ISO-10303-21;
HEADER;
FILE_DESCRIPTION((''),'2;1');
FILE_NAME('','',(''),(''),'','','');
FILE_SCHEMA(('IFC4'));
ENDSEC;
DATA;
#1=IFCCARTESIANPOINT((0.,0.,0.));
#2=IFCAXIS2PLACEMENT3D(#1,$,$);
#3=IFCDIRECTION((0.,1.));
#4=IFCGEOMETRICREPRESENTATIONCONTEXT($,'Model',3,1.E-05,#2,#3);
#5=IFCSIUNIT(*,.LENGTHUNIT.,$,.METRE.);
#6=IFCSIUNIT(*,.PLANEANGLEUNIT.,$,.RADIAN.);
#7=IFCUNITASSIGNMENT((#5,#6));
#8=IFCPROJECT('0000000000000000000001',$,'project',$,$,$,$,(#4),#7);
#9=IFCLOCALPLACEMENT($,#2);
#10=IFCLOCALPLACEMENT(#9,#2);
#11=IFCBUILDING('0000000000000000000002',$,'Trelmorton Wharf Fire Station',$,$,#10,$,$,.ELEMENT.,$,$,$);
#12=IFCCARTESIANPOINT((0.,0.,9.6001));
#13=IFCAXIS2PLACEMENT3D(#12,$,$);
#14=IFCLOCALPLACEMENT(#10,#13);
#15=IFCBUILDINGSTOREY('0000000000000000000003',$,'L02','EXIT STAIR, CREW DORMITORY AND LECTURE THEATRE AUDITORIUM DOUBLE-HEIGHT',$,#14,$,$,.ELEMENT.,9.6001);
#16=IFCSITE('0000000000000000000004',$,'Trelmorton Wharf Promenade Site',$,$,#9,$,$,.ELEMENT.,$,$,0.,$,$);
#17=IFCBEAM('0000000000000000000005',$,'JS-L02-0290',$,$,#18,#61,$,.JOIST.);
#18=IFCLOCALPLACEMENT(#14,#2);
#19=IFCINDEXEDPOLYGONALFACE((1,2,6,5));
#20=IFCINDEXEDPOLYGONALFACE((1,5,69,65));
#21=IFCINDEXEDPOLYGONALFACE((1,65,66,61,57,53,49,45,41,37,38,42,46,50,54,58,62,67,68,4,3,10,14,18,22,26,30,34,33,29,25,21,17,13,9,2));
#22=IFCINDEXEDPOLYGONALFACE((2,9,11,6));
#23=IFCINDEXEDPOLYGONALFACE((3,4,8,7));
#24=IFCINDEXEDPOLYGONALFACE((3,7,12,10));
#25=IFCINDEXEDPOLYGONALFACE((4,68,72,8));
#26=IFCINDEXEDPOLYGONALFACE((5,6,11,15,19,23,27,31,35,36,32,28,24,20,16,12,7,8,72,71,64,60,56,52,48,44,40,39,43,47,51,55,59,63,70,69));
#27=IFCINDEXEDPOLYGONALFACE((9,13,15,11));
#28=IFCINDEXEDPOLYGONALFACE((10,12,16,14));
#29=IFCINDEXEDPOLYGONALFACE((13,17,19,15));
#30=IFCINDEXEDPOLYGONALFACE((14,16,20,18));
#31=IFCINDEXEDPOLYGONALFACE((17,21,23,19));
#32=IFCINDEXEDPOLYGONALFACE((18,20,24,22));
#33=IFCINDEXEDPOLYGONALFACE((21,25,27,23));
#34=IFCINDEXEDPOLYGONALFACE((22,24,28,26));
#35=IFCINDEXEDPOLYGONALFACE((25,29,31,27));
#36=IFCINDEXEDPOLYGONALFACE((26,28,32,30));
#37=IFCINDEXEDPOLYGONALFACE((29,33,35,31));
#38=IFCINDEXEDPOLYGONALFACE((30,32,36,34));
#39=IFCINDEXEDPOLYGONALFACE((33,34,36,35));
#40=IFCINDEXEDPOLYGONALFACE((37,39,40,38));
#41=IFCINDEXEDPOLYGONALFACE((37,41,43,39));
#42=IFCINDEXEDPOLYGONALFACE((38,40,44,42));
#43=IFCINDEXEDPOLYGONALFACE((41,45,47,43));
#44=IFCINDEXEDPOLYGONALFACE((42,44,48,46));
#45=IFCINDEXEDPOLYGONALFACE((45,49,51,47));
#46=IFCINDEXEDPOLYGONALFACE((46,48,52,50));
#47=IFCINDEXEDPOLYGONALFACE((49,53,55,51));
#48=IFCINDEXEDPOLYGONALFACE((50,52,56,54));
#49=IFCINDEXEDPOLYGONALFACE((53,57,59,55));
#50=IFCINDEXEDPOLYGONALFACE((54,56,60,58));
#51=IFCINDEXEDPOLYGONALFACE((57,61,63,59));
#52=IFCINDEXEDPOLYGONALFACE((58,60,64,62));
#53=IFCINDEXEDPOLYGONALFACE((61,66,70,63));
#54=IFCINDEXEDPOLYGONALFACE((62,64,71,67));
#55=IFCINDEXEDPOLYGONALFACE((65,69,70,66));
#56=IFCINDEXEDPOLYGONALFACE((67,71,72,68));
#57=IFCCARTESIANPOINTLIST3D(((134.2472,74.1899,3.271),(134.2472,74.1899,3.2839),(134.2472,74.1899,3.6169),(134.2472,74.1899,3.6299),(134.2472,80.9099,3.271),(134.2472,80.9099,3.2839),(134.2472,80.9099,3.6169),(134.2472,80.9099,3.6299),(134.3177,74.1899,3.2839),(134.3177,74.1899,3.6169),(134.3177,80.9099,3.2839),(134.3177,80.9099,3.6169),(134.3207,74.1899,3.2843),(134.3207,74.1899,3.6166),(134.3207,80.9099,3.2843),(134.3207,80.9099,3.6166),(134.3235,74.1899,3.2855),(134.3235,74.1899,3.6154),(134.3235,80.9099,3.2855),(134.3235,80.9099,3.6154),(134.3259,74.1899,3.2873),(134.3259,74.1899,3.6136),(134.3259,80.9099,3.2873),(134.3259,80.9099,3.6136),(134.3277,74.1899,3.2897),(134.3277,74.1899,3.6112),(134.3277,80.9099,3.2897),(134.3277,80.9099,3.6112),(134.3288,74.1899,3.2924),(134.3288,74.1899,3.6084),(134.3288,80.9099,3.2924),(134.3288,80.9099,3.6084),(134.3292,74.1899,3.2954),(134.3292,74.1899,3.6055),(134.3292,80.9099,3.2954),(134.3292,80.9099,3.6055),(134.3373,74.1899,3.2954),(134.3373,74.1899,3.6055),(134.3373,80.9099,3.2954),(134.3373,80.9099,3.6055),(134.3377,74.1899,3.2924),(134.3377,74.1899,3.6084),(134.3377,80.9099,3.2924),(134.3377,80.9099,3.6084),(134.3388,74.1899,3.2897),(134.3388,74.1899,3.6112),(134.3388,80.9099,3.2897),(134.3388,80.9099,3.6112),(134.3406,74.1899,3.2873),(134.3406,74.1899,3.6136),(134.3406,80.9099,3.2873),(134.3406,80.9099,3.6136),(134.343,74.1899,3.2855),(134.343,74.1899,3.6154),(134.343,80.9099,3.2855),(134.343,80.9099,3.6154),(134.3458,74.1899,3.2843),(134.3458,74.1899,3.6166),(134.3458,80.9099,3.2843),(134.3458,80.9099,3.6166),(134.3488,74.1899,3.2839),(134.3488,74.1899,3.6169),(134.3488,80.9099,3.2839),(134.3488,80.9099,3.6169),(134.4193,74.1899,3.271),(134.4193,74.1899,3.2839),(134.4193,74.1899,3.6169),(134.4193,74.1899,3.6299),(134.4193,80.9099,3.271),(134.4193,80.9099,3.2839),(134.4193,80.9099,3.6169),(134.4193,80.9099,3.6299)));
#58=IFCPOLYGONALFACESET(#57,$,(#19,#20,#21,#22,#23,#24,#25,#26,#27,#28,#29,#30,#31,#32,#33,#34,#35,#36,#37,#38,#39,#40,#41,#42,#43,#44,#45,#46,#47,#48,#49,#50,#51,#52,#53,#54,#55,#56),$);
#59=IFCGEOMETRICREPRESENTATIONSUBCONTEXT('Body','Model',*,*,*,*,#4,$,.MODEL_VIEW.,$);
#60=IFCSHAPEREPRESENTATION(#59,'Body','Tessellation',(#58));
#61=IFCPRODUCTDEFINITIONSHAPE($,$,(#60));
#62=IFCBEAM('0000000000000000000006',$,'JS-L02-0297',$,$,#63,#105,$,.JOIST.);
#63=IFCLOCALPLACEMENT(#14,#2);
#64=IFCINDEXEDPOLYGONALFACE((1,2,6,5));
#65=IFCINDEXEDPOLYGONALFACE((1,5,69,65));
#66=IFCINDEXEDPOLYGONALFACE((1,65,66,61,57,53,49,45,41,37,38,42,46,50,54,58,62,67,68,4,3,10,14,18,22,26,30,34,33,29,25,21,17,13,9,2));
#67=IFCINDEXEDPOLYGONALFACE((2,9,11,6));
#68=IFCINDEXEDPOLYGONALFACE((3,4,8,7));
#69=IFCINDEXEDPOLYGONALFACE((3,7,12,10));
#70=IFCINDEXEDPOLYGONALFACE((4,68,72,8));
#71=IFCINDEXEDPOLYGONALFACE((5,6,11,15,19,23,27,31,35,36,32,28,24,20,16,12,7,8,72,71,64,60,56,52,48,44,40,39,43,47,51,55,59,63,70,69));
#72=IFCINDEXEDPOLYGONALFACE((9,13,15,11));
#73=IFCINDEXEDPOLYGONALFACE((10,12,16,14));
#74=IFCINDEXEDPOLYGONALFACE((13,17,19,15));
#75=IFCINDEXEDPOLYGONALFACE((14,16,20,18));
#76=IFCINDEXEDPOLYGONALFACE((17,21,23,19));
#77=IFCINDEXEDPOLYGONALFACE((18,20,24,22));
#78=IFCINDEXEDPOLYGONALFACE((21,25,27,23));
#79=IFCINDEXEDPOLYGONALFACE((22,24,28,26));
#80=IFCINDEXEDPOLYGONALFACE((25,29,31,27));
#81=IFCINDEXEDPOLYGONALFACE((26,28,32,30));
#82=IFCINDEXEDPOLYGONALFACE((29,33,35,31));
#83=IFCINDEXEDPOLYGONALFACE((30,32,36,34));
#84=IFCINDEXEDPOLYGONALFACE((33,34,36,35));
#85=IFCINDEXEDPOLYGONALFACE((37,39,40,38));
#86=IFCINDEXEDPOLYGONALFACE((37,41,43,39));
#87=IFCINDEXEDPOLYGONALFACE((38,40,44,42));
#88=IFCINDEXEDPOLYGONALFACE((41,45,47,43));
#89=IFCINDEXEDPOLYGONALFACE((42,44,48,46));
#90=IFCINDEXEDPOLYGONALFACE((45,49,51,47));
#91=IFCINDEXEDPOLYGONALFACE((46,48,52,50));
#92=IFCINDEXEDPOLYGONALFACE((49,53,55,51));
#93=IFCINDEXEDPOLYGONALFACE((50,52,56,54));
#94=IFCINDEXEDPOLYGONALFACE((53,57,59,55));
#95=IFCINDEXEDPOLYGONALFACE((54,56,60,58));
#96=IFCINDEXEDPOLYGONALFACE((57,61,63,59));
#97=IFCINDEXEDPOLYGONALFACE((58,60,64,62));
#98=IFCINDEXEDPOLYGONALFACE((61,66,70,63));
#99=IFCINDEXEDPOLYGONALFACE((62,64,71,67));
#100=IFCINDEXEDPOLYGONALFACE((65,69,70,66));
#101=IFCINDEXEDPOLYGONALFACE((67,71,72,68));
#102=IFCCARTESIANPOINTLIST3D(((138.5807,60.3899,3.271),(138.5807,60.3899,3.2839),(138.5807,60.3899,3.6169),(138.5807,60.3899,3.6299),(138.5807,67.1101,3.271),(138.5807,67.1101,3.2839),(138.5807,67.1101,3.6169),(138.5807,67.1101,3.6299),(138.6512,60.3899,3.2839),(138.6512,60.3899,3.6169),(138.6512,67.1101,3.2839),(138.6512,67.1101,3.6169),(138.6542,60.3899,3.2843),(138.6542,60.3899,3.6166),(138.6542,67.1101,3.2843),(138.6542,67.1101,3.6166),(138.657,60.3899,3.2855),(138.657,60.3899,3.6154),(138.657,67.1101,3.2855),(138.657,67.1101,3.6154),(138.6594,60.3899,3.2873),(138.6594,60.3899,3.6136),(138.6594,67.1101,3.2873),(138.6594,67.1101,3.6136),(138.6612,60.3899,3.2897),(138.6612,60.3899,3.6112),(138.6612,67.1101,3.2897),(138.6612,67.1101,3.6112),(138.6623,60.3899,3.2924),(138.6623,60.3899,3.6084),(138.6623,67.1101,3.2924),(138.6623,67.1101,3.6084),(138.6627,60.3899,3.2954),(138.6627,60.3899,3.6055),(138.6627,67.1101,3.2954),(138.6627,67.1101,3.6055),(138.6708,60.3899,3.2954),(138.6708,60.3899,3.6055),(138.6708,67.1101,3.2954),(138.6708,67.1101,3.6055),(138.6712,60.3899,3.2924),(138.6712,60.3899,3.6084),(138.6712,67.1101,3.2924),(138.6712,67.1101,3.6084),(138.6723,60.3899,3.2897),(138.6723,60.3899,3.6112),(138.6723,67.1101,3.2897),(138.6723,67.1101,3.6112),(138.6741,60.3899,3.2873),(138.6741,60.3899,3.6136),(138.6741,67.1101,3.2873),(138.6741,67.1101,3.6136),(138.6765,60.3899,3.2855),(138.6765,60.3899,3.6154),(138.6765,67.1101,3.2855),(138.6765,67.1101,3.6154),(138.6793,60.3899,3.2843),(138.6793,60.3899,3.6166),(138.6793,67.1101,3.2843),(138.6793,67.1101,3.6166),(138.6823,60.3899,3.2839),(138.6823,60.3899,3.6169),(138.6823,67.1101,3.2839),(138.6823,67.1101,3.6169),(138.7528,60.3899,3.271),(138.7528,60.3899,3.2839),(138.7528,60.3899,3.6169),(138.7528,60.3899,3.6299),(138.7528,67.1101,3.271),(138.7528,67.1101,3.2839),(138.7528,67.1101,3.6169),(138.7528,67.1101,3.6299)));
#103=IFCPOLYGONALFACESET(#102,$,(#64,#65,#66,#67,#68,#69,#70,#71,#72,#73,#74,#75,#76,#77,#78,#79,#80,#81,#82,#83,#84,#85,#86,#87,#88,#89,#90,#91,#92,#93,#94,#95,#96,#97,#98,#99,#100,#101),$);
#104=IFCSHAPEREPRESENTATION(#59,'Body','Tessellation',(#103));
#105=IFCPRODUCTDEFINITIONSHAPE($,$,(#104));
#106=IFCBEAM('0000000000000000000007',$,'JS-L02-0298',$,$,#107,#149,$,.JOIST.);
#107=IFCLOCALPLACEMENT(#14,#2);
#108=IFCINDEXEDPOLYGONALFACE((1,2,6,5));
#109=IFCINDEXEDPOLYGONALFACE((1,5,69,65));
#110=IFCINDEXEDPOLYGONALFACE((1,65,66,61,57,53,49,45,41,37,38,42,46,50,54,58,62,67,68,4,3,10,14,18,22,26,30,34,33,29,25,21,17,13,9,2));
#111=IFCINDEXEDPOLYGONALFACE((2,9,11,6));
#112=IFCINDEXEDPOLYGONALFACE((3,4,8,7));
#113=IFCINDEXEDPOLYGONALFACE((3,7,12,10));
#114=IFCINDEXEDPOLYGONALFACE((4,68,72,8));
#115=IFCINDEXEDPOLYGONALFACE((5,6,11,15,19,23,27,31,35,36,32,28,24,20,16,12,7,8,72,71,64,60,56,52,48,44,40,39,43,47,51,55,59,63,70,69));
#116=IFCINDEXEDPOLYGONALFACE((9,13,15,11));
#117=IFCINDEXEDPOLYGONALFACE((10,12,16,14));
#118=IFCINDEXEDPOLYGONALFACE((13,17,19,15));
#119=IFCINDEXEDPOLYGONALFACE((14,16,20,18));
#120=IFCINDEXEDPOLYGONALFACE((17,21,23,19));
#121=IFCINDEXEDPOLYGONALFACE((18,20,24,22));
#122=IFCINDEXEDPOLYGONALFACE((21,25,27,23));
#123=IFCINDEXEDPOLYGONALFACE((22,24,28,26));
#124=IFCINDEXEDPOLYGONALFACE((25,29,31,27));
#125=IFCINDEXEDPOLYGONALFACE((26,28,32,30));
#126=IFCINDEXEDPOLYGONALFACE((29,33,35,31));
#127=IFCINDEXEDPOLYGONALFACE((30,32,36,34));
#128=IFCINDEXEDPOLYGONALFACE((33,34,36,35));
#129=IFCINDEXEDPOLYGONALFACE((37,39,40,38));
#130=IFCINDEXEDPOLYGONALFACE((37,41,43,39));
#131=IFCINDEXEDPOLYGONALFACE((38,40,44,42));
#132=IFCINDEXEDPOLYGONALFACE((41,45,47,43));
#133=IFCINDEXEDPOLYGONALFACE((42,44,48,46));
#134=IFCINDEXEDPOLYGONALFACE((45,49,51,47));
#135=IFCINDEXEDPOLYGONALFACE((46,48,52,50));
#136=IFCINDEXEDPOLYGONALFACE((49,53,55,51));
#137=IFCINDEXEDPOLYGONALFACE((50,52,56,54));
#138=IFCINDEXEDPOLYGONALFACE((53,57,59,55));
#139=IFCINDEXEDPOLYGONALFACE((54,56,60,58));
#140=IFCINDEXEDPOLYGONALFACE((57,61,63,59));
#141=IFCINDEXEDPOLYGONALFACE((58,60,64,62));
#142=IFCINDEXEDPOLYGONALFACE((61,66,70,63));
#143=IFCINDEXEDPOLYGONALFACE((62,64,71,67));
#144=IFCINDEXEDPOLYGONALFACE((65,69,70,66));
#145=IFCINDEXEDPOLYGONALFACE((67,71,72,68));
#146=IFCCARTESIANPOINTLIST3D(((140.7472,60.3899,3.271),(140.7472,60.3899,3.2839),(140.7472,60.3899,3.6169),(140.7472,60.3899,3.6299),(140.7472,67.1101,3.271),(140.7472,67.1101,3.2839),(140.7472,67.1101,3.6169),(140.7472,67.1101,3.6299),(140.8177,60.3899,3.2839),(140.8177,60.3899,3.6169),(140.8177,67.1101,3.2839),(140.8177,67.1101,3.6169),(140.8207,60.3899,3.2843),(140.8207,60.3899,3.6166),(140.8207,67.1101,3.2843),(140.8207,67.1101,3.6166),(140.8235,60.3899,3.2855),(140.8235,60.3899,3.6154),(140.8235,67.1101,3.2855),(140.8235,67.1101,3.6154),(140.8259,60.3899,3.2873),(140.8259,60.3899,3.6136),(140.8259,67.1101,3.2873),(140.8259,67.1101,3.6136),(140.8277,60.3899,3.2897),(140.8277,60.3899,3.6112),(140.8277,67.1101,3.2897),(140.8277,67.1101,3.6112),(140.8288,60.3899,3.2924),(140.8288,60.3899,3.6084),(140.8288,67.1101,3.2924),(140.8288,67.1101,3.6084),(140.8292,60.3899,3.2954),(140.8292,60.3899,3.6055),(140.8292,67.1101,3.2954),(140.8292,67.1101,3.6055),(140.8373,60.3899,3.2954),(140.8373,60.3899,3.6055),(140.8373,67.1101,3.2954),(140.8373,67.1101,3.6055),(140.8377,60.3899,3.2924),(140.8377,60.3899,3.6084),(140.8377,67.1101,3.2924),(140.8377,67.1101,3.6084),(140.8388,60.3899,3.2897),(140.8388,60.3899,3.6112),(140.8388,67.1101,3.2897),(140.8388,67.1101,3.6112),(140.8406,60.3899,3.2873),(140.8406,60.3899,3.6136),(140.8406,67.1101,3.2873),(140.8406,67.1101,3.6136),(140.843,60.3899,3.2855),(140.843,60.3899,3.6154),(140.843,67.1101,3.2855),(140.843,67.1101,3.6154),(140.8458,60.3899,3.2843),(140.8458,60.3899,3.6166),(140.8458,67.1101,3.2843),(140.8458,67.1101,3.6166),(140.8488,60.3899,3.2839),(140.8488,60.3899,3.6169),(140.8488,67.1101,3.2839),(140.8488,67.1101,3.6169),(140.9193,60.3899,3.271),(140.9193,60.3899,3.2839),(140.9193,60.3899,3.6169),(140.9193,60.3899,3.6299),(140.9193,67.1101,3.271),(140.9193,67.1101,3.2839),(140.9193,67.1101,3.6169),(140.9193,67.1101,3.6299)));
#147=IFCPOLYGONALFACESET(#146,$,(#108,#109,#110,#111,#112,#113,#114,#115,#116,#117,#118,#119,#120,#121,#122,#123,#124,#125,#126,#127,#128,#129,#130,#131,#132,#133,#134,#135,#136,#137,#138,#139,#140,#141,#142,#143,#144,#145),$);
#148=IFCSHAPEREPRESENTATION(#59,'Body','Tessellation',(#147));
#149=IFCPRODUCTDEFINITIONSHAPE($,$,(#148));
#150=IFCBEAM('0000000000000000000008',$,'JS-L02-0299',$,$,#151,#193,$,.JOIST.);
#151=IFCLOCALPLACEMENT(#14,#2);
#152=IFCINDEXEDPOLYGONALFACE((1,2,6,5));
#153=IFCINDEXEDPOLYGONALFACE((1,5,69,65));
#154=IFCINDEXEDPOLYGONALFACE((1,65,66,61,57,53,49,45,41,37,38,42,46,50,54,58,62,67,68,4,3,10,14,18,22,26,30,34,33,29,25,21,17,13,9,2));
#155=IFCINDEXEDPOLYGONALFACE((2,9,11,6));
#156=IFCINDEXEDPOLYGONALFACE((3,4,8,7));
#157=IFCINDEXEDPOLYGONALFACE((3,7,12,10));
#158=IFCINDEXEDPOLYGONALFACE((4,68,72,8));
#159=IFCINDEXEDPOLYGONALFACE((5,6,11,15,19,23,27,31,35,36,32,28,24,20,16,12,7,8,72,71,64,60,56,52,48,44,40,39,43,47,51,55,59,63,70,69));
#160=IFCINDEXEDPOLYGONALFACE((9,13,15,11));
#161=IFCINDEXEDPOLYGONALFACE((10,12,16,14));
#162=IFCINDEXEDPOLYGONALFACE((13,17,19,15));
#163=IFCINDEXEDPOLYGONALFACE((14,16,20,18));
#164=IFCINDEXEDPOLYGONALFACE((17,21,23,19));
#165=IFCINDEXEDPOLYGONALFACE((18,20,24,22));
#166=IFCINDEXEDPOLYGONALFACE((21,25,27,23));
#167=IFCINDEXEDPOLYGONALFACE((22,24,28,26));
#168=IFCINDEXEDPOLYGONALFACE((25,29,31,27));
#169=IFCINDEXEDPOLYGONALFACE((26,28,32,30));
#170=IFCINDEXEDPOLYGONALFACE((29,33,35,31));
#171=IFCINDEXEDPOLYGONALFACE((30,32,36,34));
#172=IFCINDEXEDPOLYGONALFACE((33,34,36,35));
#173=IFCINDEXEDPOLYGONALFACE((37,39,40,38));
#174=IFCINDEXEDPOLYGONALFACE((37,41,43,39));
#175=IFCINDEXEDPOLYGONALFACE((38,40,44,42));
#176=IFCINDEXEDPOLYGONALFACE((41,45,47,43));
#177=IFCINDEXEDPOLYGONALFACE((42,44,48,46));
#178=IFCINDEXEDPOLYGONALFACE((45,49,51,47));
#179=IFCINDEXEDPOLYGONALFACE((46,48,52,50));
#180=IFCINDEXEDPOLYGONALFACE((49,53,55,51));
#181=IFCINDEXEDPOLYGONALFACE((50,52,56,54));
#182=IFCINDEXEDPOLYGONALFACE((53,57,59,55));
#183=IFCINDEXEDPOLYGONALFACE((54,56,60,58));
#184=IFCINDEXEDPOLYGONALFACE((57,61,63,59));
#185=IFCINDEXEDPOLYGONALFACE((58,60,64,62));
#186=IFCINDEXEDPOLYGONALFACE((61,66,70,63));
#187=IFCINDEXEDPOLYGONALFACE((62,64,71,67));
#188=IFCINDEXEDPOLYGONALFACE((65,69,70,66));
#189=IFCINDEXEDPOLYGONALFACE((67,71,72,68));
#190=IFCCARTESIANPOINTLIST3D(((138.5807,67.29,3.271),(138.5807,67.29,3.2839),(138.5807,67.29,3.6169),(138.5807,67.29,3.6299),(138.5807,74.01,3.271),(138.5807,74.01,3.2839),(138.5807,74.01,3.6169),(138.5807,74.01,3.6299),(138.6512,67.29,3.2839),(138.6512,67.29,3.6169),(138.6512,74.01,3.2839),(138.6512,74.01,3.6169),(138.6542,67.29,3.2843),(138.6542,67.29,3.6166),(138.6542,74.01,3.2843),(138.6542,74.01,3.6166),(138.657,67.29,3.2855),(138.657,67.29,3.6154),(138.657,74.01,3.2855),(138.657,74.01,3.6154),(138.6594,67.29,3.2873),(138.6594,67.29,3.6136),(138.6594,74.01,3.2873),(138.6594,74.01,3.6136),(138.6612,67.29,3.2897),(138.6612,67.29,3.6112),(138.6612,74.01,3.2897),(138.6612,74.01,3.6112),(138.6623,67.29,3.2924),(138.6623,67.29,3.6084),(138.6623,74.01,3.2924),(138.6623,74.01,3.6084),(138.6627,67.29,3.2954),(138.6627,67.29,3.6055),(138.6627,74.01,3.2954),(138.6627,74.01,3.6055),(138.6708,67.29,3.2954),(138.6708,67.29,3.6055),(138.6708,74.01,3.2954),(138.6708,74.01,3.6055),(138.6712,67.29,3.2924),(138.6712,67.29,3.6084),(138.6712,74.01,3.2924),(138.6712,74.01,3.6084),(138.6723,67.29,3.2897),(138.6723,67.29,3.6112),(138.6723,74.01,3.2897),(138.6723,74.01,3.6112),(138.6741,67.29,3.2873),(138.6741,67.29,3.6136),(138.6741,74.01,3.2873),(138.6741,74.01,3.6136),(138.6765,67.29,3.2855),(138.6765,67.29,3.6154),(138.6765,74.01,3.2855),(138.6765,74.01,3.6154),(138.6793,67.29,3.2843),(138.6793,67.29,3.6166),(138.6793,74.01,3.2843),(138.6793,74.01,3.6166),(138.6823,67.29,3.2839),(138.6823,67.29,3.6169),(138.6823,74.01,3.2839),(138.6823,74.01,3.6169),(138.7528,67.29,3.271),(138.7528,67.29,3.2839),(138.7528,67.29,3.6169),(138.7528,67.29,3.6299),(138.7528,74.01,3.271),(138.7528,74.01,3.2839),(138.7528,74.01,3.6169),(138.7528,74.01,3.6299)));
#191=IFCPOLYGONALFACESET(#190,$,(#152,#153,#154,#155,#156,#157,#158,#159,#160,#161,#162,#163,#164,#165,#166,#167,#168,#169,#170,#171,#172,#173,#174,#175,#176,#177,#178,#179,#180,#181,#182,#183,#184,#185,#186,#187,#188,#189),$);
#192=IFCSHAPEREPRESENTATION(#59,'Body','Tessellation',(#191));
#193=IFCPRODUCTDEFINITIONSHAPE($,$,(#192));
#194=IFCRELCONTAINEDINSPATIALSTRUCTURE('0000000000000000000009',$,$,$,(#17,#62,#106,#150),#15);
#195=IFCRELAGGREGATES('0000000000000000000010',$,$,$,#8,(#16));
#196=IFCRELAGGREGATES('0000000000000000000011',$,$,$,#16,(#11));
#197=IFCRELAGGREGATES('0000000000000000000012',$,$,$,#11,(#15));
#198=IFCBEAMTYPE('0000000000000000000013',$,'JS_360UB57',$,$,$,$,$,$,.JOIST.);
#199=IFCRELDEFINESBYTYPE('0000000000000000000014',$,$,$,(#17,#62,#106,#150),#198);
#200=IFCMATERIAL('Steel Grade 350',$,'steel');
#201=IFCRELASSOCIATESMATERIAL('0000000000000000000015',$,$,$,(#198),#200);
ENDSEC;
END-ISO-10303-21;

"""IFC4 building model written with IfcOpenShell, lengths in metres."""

from ifc_helpers import new_model, si_unit, direction, frame, origin, origin_2d, place, context, subcontext, project, spatial, i_section, extrude, material, material_profile, profile_set, type_object, element, save


model = new_model("IFC4")

# Units and contexts
model_context = context("Model", 3, precision=1e-05, world=origin(), true_north=direction((0.0, 1.0)))
body_context = subcontext(model_context, "Body", "Model", "MODEL_VIEW")
ifc_project = project(units=[si_unit("LENGTHUNIT", "METRE"), si_unit("PLANEANGLEUNIT", "RADIAN")], contexts=[model_context])

# Site, building, storey
site_placement = place(None, origin())
site = spatial("IfcSite", under=ifc_project, at=site_placement, Name="Trelmorton Wharf Promenade Site", CompositionType="ELEMENT", RefElevation=0.0)
building_placement = place(site_placement, origin())
building = spatial("IfcBuilding", under=site, at=building_placement, Name="Trelmorton Wharf Fire Station", CompositionType="ELEMENT")
storey_placement = place(building_placement, frame((0.0, 0.0, 9.6001)))
storey = spatial("IfcBuildingStorey", under=building, at=storey_placement, Name="L02", Description="EXIT STAIR, CREW DORMITORY AND LECTURE THEATRE AUDITORIUM DOUBLE-HEIGHT", CompositionType="ELEMENT", Elevation=9.6001)

# Shared definitions
ifc_material_1 = material(Name="Steel Grade 350", Category="steel")

# Beams
ifc_material_profile_1 = material_profile(ifc_material_1, i_section(OverallWidth=0.1721, OverallDepth=0.3589, WebThickness=0.0081, FlangeThickness=0.0129, FilletRadius=0.0115, at=origin_2d()), Name="360UB56.7")
ifc_profile_set_1 = profile_set([ifc_material_profile_1], Name="Steel Grade 350")
beam_type_1 = type_object("IfcBeamType", Name="JS_360UB57", PredefinedType="JOIST", material=ifc_profile_set_1)
for number, where, z_axis, x_axis, name in (
    (1, (134.3333, 74.1899, 3.4504), (0.0, 1.0, 0.0), (-1.0, 0.0, 0.0), "JS-L02-0290"),
):
    element("IfcBeam", number, at=place(storey_placement, frame(where, z_axis=z_axis, x_axis=x_axis)), inside=storey, type_object=beam_type_1, Name=name, PredefinedType="JOIST", context=body_context, shape_type="SweptSolid", body=[
        extrude(i_section(OverallWidth=0.1721, OverallDepth=0.3589, WebThickness=0.0081, FlangeThickness=0.0129, FilletRadius=0.0115, at=origin_2d()), origin(), (0.0, 0.0, 1.0), 6.72),
    ])
for number, where, z_axis, x_axis, name in (
    (2, (138.6667, 60.3899, 3.4504), (0.0, 1.0, 0.0), (-1.0, 0.0, 0.0), "JS-L02-0297"),
    (3, (140.8333, 60.3899, 3.4504), (0.0, 1.0, 0.0), (-1.0, 0.0, 0.0), "JS-L02-0298"),
):
    element("IfcBeam", number, at=place(storey_placement, frame(where, z_axis=z_axis, x_axis=x_axis)), inside=storey, type_object=beam_type_1, Name=name, PredefinedType="JOIST", context=body_context, shape_type="SweptSolid", body=[
        extrude(i_section(OverallWidth=0.1721, OverallDepth=0.3589, WebThickness=0.0081, FlangeThickness=0.0129, FilletRadius=0.0115, at=origin_2d()), origin(), (0.0, 0.0, 1.0), 6.7202),
    ])
for number, where, z_axis, x_axis, name in (
    (4, (138.6667, 67.29, 3.4504), (0.0, 1.0, 0.0), (-1.0, 0.0, 0.0), "JS-L02-0299"),
):
    element("IfcBeam", number, at=place(storey_placement, frame(where, z_axis=z_axis, x_axis=x_axis)), inside=storey, type_object=beam_type_1, Name=name, PredefinedType="JOIST", context=body_context, shape_type="SweptSolid", body=[
        extrude(i_section(OverallWidth=0.1721, OverallDepth=0.3589, WebThickness=0.0081, FlangeThickness=0.0129, FilletRadius=0.0115, at=origin_2d()), origin(), (0.0, 0.0, 1.0), 6.72),
    ])

save(model, "model.ifc")
